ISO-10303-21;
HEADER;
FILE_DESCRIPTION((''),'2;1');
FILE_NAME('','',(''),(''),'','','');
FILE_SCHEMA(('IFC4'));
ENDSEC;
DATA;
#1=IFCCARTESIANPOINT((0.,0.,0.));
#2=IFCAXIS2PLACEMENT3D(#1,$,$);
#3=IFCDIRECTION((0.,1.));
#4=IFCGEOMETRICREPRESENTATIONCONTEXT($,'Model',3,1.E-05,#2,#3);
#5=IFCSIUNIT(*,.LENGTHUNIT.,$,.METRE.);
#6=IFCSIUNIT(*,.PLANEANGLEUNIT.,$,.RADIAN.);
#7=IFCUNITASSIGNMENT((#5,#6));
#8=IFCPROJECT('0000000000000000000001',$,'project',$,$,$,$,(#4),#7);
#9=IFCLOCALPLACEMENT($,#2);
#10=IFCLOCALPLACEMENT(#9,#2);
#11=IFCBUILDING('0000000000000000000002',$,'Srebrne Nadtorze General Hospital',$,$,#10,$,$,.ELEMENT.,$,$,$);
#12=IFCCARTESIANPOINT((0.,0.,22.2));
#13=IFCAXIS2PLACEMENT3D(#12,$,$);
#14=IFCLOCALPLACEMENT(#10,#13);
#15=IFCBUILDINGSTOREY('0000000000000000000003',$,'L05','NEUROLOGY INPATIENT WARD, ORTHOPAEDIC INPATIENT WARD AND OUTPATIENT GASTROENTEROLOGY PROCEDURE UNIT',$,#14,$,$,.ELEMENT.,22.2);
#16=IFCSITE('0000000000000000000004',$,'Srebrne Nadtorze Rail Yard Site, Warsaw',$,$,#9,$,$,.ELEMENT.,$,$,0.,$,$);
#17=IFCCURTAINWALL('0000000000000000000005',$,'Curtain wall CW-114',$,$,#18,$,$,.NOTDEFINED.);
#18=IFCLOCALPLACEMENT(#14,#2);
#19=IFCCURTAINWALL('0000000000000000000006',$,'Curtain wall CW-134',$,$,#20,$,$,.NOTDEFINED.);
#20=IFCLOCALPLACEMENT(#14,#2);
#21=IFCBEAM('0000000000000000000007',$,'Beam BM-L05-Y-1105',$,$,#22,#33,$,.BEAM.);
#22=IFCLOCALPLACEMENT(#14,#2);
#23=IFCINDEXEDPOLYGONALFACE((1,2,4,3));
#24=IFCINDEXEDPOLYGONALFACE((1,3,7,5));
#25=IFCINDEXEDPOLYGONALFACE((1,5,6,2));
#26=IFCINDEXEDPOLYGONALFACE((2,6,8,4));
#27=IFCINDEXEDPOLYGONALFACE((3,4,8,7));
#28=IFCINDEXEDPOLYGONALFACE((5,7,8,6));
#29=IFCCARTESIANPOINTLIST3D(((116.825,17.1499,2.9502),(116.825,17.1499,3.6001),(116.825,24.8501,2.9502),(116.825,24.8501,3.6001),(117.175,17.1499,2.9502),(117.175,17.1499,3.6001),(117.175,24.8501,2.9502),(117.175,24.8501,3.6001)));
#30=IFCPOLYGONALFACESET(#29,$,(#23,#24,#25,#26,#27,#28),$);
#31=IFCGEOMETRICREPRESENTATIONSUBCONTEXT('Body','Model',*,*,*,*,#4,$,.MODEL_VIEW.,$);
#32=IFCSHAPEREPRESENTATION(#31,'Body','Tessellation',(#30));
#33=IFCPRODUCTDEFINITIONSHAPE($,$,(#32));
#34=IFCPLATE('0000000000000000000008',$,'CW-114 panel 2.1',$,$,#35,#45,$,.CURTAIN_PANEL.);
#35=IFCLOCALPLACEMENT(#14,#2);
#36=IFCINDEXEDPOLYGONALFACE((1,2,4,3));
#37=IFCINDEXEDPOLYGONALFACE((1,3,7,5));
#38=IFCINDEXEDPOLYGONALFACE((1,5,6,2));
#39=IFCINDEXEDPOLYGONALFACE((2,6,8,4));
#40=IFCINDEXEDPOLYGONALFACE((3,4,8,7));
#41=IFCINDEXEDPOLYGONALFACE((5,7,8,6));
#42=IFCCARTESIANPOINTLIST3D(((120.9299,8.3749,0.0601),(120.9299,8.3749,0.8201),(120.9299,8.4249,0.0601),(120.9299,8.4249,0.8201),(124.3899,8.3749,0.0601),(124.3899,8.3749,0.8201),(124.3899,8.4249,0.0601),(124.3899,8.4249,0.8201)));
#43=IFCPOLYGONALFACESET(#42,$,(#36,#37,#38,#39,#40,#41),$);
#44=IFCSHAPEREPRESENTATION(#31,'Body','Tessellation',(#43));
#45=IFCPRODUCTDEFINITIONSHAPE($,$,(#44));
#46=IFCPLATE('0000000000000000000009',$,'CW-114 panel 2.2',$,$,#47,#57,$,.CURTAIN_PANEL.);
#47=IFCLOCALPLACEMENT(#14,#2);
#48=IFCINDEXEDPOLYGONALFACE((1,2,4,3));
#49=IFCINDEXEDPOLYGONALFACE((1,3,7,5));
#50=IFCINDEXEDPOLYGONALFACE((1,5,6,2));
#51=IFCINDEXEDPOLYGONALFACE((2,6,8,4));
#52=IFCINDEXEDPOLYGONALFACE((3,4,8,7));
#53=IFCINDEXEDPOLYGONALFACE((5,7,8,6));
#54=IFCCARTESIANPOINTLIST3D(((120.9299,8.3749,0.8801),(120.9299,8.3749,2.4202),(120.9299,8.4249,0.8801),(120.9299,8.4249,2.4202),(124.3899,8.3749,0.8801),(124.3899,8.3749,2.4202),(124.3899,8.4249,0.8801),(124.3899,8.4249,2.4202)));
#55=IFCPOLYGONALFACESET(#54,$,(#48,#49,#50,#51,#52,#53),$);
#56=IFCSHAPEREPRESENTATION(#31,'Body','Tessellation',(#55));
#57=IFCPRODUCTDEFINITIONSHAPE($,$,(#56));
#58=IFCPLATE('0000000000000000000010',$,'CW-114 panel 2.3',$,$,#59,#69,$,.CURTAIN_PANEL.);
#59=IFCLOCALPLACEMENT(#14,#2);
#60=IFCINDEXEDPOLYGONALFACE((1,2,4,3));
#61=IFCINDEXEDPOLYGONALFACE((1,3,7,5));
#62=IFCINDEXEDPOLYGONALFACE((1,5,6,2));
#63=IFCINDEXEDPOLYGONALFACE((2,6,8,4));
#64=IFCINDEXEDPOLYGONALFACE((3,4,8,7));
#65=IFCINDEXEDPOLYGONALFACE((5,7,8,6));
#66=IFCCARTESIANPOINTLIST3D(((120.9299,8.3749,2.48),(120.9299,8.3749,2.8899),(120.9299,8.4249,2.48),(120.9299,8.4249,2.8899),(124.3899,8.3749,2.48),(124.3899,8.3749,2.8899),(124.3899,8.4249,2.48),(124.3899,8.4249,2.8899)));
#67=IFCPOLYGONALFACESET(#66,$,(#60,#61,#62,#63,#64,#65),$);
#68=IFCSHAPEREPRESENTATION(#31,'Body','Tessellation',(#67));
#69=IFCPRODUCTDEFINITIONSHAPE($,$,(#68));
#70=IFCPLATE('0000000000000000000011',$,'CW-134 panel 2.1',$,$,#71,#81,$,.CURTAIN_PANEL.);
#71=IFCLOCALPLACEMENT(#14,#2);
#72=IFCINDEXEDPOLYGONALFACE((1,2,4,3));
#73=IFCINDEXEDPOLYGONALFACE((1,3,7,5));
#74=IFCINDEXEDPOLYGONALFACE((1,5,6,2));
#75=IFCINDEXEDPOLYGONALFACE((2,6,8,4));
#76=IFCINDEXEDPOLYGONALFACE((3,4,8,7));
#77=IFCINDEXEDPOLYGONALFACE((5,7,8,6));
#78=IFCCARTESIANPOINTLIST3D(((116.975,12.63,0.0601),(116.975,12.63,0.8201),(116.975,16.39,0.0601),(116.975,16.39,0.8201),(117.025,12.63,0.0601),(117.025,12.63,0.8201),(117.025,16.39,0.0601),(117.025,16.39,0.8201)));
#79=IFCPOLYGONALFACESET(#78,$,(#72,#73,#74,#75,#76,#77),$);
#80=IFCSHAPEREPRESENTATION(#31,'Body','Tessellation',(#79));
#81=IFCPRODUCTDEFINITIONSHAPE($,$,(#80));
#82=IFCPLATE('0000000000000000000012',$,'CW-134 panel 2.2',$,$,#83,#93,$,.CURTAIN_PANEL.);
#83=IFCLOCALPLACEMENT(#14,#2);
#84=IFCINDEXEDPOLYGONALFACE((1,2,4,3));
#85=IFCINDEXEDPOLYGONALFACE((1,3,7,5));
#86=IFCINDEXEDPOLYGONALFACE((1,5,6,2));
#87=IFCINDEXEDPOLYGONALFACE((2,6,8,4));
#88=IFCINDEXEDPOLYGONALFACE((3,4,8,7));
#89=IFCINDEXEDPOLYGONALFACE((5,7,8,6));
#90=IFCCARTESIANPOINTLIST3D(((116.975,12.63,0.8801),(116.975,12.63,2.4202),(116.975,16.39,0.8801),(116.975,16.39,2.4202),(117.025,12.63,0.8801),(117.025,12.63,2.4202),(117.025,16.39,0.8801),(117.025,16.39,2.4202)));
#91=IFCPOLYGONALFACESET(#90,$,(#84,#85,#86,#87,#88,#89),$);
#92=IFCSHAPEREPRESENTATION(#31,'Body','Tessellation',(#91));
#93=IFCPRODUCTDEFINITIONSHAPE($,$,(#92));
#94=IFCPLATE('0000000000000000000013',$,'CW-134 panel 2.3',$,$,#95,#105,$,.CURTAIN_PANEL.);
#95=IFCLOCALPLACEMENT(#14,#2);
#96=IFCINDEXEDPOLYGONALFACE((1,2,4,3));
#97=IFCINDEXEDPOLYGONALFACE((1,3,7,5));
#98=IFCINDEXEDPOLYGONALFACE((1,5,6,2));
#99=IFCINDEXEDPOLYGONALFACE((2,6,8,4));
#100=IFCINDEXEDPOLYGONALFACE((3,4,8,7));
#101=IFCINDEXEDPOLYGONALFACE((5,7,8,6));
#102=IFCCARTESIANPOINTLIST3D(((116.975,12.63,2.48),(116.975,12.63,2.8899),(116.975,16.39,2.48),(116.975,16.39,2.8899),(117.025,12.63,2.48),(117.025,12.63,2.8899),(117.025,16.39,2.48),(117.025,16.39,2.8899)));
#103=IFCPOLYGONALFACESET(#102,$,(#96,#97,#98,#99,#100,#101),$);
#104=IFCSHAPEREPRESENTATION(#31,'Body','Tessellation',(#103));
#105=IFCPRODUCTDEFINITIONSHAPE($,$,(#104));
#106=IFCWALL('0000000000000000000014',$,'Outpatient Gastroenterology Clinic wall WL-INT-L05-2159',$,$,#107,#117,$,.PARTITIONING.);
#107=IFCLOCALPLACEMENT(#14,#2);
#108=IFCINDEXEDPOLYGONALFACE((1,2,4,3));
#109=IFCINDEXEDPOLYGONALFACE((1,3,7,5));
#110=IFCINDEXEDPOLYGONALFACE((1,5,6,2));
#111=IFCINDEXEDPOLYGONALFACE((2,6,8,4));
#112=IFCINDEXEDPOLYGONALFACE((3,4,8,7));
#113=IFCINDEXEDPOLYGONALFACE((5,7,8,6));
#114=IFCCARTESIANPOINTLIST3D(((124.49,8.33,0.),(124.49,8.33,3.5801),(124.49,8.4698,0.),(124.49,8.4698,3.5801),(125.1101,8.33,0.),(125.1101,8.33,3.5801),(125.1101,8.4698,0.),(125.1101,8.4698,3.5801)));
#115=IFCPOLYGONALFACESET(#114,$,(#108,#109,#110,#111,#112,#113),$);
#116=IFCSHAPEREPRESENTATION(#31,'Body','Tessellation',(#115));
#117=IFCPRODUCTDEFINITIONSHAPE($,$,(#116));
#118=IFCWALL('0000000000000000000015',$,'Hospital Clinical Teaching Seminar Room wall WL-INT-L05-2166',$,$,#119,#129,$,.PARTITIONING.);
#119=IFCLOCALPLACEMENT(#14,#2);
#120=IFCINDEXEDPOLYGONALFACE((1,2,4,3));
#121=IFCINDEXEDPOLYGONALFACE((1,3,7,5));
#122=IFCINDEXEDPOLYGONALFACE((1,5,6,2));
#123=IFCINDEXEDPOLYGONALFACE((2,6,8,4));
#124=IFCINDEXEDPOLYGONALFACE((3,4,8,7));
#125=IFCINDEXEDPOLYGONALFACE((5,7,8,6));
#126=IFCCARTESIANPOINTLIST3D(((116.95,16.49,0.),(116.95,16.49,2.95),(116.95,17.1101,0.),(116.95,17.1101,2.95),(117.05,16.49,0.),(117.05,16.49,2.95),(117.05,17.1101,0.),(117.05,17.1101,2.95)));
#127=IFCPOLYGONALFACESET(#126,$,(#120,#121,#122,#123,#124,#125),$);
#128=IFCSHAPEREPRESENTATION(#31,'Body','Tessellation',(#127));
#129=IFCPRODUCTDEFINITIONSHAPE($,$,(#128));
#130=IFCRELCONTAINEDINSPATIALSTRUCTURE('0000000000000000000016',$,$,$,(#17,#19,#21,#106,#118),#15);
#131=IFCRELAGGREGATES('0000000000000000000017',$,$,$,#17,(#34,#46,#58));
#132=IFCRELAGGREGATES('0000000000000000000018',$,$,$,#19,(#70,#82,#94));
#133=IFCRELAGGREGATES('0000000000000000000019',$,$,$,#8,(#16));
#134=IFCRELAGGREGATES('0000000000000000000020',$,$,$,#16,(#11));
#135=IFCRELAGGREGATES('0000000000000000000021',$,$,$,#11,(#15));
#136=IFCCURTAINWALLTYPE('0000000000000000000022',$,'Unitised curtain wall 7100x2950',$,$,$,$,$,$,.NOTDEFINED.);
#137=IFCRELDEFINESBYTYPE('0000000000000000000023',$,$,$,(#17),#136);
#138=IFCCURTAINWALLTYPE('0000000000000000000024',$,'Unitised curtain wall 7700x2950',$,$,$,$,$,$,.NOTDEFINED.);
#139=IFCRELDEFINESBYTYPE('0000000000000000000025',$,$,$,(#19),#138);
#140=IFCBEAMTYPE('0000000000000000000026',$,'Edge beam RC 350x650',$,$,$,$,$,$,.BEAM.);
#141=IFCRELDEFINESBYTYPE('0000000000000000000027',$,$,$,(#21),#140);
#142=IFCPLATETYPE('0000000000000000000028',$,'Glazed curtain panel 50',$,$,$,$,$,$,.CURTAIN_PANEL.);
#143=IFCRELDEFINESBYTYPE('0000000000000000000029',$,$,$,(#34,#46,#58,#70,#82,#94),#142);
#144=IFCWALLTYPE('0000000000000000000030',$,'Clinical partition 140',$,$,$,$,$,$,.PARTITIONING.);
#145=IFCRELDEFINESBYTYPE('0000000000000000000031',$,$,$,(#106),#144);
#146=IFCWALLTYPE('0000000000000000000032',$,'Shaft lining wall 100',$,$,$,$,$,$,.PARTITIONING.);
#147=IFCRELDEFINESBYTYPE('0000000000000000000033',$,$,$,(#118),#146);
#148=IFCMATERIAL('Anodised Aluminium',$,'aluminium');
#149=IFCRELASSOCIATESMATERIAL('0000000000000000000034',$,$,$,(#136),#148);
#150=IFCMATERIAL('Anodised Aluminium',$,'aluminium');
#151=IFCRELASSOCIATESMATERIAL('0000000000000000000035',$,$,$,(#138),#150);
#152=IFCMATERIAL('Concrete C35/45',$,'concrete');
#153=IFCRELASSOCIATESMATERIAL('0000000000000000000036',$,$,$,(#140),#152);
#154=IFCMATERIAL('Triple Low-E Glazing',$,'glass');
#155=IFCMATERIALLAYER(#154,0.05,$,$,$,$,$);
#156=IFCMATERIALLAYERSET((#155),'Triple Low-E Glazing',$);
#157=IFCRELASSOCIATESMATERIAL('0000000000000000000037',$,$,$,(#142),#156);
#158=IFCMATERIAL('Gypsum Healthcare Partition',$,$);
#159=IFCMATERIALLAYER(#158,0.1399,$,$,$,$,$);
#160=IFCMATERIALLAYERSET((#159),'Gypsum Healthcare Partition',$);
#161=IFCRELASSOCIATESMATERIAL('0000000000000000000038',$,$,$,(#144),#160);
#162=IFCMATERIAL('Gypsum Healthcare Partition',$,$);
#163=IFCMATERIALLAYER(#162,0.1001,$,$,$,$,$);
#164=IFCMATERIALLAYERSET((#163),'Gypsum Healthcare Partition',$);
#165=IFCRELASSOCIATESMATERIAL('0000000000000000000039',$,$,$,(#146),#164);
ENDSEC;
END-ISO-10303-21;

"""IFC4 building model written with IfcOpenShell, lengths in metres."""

from ifc_helpers import new_model, si_unit, direction, frame, frame_2d, origin, origin_2d, place, context, subcontext, project, spatial, rectangle, extrude, material, layer, layer_set, material_profile, profile_set, type_object, element, aggregate, save


model = new_model("IFC4")

# Units and contexts
model_context = context("Model", 3, precision=1e-05, world=origin(), true_north=direction((0.0, 1.0)))
body_context = subcontext(model_context, "Body", "Model", "MODEL_VIEW")
ifc_project = project(units=[si_unit("LENGTHUNIT", "METRE"), si_unit("PLANEANGLEUNIT", "RADIAN")], contexts=[model_context])

# Site, building, storey
site_placement = place(None, origin())
site = spatial("IfcSite", under=ifc_project, at=site_placement, Name="Srebrne Nadtorze Rail Yard Site, Warsaw", CompositionType="ELEMENT", RefElevation=0.0)
building_placement = place(site_placement, origin())
building = spatial("IfcBuilding", under=site, at=building_placement, Name="Srebrne Nadtorze General Hospital", CompositionType="ELEMENT")
storey_placement = place(building_placement, frame((0.0, 0.0, 22.2)))
storey = spatial("IfcBuildingStorey", under=building, at=storey_placement, Name="L05", Description="NEUROLOGY INPATIENT WARD, ORTHOPAEDIC INPATIENT WARD AND OUTPATIENT GASTROENTEROLOGY PROCEDURE UNIT", CompositionType="ELEMENT", Elevation=22.2)

# Curtain wall
ifc_material_1 = material(Name="Anodised Aluminium", Category="aluminium")
curtain_wall_type_1 = type_object("IfcCurtainWallType", Name="Unitised curtain wall 7100x2950", PredefinedType="NOTDEFINED", material=ifc_material_1)
curtain_wall_1_placement = place(storey_placement, origin())
curtain_wall_1 = element("IfcCurtainWall", 1, at=curtain_wall_1_placement, inside=storey, type_object=curtain_wall_type_1, Name="Curtain wall CW-114", PredefinedType="NOTDEFINED")

# Curtain wall
ifc_material_2 = material(Name="Anodised Aluminium", Category="aluminium")
curtain_wall_type_2 = type_object("IfcCurtainWallType", Name="Unitised curtain wall 7700x2950", PredefinedType="NOTDEFINED", material=ifc_material_2)
curtain_wall_2_placement = place(storey_placement, origin())
curtain_wall_2 = element("IfcCurtainWall", 2, at=curtain_wall_2_placement, inside=storey, type_object=curtain_wall_type_2, Name="Curtain wall CW-134", PredefinedType="NOTDEFINED")

# Beam
ifc_material_3 = material(Name="Concrete C35/45", Category="concrete")
ifc_material_profile_1 = material_profile(ifc_material_3, rectangle(XDim=0.3501, YDim=0.6499, at=origin_2d()), Name="RC-BM-350x650")
ifc_profile_set_1 = profile_set([ifc_material_profile_1], Name="Concrete C35/45")
beam_type = type_object("IfcBeamType", Name="Edge beam RC 350x650", PredefinedType="BEAM", material=ifc_profile_set_1)
beam_placement = place(storey_placement, frame((117.0, 17.1499, 3.2751), z_axis=(0.0, 1.0, 0.0), x_axis=(-1.0, 0.0, 0.0)))
element("IfcBeam", 3, at=beam_placement, inside=storey, type_object=beam_type, Name="Beam BM-L05-Y-1105", PredefinedType="BEAM", context=body_context, shape_type="SweptSolid", body=[
    extrude(rectangle(XDim=0.3501, YDim=0.6499, at=origin_2d()), origin(), (0.0, 0.0, 1.0), 7.7002),
])

# Plates
ifc_material_4 = material(Name="Triple Low-E Glazing", Category="glass")
ifc_layer_1 = layer(ifc_material_4, 0.05)
ifc_layer_set_1 = layer_set([ifc_layer_1], Name="Triple Low-E Glazing")
plate_type = type_object("IfcPlateType", Name="Glazed curtain panel 50", PredefinedType="CURTAIN_PANEL", material=ifc_layer_set_1)
plate_1_placement = place(storey_placement, frame((122.6599, 8.3999, 0.0601), z_axis=(0.0, 0.0, 1.0), x_axis=(1.0, 0.0, 0.0)))
plate_1 = element("IfcPlate", 4, at=plate_1_placement, type_object=plate_type, Name="CW-114 panel 2.1", PredefinedType="CURTAIN_PANEL", context=body_context, shape_type="SweptSolid", body=[
    extrude(rectangle(XDim=3.46, YDim=0.05, at=origin_2d()), origin(), (0.0, 0.0, 1.0), 0.76),
])
plate_2_placement = place(storey_placement, frame((122.6599, 8.3999, 0.8801), z_axis=(0.0, 0.0, 1.0), x_axis=(1.0, 0.0, 0.0)))
plate_2 = element("IfcPlate", 5, at=plate_2_placement, type_object=plate_type, Name="CW-114 panel 2.2", PredefinedType="CURTAIN_PANEL", context=body_context, shape_type="SweptSolid", body=[
    extrude(rectangle(XDim=3.46, YDim=0.05, at=origin_2d()), origin(), (0.0, 0.0, 1.0), 1.54),
])
plate_3_placement = place(storey_placement, frame((122.6599, 8.3999, 2.48), z_axis=(0.0, 0.0, 1.0), x_axis=(1.0, 0.0, 0.0)))
plate_3 = element("IfcPlate", 6, at=plate_3_placement, type_object=plate_type, Name="CW-114 panel 2.3", PredefinedType="CURTAIN_PANEL", context=body_context, shape_type="SweptSolid", body=[
    extrude(rectangle(XDim=3.46, YDim=0.05, at=origin_2d()), origin(), (0.0, 0.0, 1.0), 0.4099),
])
aggregate(curtain_wall_1, [plate_1, plate_2, plate_3])
plate_4_placement = place(storey_placement, frame((117.0, 14.51, 0.0601), z_axis=(0.0, 0.0, 1.0), x_axis=(0.0, 1.0, 0.0)))
plate_4 = element("IfcPlate", 7, at=plate_4_placement, type_object=plate_type, Name="CW-134 panel 2.1", PredefinedType="CURTAIN_PANEL", context=body_context, shape_type="SweptSolid", body=[
    extrude(rectangle(XDim=3.76, YDim=0.05, at=origin_2d()), origin(), (0.0, 0.0, 1.0), 0.76),
])
plate_5_placement = place(storey_placement, frame((117.0, 14.51, 0.8801), z_axis=(0.0, 0.0, 1.0), x_axis=(0.0, 1.0, 0.0)))
plate_5 = element("IfcPlate", 8, at=plate_5_placement, type_object=plate_type, Name="CW-134 panel 2.2", PredefinedType="CURTAIN_PANEL", context=body_context, shape_type="SweptSolid", body=[
    extrude(rectangle(XDim=3.76, YDim=0.05, at=origin_2d()), origin(), (0.0, 0.0, 1.0), 1.54),
])
plate_6_placement = place(storey_placement, frame((117.0, 14.51, 2.48), z_axis=(0.0, 0.0, 1.0), x_axis=(0.0, 1.0, 0.0)))
plate_6 = element("IfcPlate", 9, at=plate_6_placement, type_object=plate_type, Name="CW-134 panel 2.3", PredefinedType="CURTAIN_PANEL", context=body_context, shape_type="SweptSolid", body=[
    extrude(rectangle(XDim=3.76, YDim=0.05, at=origin_2d()), origin(), (0.0, 0.0, 1.0), 0.4099),
])
aggregate(curtain_wall_2, [plate_4, plate_5, plate_6])

# Walls
ifc_material_5 = material(Name="Gypsum Healthcare Partition")
ifc_layer_2 = layer(ifc_material_5, 0.1399)
ifc_layer_set_2 = layer_set([ifc_layer_2], Name="Gypsum Healthcare Partition")
wall_type_1 = type_object("IfcWallType", Name="Clinical partition 140", PredefinedType="PARTITIONING", material=ifc_layer_set_2)
wall_1_placement = place(storey_placement, frame((124.49, 8.3999, 0.0), z_axis=(0.0, 0.0, 1.0), x_axis=(1.0, 0.0, 0.0)))
element("IfcWall", 10, at=wall_1_placement, inside=storey, type_object=wall_type_1, Name="Outpatient Gastroenterology Clinic wall WL-INT-L05-2159", PredefinedType="PARTITIONING", context=body_context, shape_type="SweptSolid", body=[
    extrude(rectangle(XDim=0.6201, YDim=0.1399, at=frame_2d((0.3101, 0.0))), origin(), (0.0, 0.0, 1.0), 3.5801),
])
ifc_material_6 = material(Name="Gypsum Healthcare Partition")
ifc_layer_3 = layer(ifc_material_6, 0.1001)
ifc_layer_set_3 = layer_set([ifc_layer_3], Name="Gypsum Healthcare Partition")
wall_type_2 = type_object("IfcWallType", Name="Shaft lining wall 100", PredefinedType="PARTITIONING", material=ifc_layer_set_3)
wall_2_placement = place(storey_placement, frame((117.0, 16.49, 0.0), z_axis=(0.0, 0.0, 1.0), x_axis=(0.0, 1.0, 0.0)))
element("IfcWall", 11, at=wall_2_placement, inside=storey, type_object=wall_type_2, Name="Hospital Clinical Teaching Seminar Room wall WL-INT-L05-2166", PredefinedType="PARTITIONING", context=body_context, shape_type="SweptSolid", body=[
    extrude(rectangle(XDim=0.6201, YDim=0.1001, at=frame_2d((0.3101, 0.0))), origin(), (0.0, 0.0, 1.0), 2.95),
])

save(model, "model.ifc")
